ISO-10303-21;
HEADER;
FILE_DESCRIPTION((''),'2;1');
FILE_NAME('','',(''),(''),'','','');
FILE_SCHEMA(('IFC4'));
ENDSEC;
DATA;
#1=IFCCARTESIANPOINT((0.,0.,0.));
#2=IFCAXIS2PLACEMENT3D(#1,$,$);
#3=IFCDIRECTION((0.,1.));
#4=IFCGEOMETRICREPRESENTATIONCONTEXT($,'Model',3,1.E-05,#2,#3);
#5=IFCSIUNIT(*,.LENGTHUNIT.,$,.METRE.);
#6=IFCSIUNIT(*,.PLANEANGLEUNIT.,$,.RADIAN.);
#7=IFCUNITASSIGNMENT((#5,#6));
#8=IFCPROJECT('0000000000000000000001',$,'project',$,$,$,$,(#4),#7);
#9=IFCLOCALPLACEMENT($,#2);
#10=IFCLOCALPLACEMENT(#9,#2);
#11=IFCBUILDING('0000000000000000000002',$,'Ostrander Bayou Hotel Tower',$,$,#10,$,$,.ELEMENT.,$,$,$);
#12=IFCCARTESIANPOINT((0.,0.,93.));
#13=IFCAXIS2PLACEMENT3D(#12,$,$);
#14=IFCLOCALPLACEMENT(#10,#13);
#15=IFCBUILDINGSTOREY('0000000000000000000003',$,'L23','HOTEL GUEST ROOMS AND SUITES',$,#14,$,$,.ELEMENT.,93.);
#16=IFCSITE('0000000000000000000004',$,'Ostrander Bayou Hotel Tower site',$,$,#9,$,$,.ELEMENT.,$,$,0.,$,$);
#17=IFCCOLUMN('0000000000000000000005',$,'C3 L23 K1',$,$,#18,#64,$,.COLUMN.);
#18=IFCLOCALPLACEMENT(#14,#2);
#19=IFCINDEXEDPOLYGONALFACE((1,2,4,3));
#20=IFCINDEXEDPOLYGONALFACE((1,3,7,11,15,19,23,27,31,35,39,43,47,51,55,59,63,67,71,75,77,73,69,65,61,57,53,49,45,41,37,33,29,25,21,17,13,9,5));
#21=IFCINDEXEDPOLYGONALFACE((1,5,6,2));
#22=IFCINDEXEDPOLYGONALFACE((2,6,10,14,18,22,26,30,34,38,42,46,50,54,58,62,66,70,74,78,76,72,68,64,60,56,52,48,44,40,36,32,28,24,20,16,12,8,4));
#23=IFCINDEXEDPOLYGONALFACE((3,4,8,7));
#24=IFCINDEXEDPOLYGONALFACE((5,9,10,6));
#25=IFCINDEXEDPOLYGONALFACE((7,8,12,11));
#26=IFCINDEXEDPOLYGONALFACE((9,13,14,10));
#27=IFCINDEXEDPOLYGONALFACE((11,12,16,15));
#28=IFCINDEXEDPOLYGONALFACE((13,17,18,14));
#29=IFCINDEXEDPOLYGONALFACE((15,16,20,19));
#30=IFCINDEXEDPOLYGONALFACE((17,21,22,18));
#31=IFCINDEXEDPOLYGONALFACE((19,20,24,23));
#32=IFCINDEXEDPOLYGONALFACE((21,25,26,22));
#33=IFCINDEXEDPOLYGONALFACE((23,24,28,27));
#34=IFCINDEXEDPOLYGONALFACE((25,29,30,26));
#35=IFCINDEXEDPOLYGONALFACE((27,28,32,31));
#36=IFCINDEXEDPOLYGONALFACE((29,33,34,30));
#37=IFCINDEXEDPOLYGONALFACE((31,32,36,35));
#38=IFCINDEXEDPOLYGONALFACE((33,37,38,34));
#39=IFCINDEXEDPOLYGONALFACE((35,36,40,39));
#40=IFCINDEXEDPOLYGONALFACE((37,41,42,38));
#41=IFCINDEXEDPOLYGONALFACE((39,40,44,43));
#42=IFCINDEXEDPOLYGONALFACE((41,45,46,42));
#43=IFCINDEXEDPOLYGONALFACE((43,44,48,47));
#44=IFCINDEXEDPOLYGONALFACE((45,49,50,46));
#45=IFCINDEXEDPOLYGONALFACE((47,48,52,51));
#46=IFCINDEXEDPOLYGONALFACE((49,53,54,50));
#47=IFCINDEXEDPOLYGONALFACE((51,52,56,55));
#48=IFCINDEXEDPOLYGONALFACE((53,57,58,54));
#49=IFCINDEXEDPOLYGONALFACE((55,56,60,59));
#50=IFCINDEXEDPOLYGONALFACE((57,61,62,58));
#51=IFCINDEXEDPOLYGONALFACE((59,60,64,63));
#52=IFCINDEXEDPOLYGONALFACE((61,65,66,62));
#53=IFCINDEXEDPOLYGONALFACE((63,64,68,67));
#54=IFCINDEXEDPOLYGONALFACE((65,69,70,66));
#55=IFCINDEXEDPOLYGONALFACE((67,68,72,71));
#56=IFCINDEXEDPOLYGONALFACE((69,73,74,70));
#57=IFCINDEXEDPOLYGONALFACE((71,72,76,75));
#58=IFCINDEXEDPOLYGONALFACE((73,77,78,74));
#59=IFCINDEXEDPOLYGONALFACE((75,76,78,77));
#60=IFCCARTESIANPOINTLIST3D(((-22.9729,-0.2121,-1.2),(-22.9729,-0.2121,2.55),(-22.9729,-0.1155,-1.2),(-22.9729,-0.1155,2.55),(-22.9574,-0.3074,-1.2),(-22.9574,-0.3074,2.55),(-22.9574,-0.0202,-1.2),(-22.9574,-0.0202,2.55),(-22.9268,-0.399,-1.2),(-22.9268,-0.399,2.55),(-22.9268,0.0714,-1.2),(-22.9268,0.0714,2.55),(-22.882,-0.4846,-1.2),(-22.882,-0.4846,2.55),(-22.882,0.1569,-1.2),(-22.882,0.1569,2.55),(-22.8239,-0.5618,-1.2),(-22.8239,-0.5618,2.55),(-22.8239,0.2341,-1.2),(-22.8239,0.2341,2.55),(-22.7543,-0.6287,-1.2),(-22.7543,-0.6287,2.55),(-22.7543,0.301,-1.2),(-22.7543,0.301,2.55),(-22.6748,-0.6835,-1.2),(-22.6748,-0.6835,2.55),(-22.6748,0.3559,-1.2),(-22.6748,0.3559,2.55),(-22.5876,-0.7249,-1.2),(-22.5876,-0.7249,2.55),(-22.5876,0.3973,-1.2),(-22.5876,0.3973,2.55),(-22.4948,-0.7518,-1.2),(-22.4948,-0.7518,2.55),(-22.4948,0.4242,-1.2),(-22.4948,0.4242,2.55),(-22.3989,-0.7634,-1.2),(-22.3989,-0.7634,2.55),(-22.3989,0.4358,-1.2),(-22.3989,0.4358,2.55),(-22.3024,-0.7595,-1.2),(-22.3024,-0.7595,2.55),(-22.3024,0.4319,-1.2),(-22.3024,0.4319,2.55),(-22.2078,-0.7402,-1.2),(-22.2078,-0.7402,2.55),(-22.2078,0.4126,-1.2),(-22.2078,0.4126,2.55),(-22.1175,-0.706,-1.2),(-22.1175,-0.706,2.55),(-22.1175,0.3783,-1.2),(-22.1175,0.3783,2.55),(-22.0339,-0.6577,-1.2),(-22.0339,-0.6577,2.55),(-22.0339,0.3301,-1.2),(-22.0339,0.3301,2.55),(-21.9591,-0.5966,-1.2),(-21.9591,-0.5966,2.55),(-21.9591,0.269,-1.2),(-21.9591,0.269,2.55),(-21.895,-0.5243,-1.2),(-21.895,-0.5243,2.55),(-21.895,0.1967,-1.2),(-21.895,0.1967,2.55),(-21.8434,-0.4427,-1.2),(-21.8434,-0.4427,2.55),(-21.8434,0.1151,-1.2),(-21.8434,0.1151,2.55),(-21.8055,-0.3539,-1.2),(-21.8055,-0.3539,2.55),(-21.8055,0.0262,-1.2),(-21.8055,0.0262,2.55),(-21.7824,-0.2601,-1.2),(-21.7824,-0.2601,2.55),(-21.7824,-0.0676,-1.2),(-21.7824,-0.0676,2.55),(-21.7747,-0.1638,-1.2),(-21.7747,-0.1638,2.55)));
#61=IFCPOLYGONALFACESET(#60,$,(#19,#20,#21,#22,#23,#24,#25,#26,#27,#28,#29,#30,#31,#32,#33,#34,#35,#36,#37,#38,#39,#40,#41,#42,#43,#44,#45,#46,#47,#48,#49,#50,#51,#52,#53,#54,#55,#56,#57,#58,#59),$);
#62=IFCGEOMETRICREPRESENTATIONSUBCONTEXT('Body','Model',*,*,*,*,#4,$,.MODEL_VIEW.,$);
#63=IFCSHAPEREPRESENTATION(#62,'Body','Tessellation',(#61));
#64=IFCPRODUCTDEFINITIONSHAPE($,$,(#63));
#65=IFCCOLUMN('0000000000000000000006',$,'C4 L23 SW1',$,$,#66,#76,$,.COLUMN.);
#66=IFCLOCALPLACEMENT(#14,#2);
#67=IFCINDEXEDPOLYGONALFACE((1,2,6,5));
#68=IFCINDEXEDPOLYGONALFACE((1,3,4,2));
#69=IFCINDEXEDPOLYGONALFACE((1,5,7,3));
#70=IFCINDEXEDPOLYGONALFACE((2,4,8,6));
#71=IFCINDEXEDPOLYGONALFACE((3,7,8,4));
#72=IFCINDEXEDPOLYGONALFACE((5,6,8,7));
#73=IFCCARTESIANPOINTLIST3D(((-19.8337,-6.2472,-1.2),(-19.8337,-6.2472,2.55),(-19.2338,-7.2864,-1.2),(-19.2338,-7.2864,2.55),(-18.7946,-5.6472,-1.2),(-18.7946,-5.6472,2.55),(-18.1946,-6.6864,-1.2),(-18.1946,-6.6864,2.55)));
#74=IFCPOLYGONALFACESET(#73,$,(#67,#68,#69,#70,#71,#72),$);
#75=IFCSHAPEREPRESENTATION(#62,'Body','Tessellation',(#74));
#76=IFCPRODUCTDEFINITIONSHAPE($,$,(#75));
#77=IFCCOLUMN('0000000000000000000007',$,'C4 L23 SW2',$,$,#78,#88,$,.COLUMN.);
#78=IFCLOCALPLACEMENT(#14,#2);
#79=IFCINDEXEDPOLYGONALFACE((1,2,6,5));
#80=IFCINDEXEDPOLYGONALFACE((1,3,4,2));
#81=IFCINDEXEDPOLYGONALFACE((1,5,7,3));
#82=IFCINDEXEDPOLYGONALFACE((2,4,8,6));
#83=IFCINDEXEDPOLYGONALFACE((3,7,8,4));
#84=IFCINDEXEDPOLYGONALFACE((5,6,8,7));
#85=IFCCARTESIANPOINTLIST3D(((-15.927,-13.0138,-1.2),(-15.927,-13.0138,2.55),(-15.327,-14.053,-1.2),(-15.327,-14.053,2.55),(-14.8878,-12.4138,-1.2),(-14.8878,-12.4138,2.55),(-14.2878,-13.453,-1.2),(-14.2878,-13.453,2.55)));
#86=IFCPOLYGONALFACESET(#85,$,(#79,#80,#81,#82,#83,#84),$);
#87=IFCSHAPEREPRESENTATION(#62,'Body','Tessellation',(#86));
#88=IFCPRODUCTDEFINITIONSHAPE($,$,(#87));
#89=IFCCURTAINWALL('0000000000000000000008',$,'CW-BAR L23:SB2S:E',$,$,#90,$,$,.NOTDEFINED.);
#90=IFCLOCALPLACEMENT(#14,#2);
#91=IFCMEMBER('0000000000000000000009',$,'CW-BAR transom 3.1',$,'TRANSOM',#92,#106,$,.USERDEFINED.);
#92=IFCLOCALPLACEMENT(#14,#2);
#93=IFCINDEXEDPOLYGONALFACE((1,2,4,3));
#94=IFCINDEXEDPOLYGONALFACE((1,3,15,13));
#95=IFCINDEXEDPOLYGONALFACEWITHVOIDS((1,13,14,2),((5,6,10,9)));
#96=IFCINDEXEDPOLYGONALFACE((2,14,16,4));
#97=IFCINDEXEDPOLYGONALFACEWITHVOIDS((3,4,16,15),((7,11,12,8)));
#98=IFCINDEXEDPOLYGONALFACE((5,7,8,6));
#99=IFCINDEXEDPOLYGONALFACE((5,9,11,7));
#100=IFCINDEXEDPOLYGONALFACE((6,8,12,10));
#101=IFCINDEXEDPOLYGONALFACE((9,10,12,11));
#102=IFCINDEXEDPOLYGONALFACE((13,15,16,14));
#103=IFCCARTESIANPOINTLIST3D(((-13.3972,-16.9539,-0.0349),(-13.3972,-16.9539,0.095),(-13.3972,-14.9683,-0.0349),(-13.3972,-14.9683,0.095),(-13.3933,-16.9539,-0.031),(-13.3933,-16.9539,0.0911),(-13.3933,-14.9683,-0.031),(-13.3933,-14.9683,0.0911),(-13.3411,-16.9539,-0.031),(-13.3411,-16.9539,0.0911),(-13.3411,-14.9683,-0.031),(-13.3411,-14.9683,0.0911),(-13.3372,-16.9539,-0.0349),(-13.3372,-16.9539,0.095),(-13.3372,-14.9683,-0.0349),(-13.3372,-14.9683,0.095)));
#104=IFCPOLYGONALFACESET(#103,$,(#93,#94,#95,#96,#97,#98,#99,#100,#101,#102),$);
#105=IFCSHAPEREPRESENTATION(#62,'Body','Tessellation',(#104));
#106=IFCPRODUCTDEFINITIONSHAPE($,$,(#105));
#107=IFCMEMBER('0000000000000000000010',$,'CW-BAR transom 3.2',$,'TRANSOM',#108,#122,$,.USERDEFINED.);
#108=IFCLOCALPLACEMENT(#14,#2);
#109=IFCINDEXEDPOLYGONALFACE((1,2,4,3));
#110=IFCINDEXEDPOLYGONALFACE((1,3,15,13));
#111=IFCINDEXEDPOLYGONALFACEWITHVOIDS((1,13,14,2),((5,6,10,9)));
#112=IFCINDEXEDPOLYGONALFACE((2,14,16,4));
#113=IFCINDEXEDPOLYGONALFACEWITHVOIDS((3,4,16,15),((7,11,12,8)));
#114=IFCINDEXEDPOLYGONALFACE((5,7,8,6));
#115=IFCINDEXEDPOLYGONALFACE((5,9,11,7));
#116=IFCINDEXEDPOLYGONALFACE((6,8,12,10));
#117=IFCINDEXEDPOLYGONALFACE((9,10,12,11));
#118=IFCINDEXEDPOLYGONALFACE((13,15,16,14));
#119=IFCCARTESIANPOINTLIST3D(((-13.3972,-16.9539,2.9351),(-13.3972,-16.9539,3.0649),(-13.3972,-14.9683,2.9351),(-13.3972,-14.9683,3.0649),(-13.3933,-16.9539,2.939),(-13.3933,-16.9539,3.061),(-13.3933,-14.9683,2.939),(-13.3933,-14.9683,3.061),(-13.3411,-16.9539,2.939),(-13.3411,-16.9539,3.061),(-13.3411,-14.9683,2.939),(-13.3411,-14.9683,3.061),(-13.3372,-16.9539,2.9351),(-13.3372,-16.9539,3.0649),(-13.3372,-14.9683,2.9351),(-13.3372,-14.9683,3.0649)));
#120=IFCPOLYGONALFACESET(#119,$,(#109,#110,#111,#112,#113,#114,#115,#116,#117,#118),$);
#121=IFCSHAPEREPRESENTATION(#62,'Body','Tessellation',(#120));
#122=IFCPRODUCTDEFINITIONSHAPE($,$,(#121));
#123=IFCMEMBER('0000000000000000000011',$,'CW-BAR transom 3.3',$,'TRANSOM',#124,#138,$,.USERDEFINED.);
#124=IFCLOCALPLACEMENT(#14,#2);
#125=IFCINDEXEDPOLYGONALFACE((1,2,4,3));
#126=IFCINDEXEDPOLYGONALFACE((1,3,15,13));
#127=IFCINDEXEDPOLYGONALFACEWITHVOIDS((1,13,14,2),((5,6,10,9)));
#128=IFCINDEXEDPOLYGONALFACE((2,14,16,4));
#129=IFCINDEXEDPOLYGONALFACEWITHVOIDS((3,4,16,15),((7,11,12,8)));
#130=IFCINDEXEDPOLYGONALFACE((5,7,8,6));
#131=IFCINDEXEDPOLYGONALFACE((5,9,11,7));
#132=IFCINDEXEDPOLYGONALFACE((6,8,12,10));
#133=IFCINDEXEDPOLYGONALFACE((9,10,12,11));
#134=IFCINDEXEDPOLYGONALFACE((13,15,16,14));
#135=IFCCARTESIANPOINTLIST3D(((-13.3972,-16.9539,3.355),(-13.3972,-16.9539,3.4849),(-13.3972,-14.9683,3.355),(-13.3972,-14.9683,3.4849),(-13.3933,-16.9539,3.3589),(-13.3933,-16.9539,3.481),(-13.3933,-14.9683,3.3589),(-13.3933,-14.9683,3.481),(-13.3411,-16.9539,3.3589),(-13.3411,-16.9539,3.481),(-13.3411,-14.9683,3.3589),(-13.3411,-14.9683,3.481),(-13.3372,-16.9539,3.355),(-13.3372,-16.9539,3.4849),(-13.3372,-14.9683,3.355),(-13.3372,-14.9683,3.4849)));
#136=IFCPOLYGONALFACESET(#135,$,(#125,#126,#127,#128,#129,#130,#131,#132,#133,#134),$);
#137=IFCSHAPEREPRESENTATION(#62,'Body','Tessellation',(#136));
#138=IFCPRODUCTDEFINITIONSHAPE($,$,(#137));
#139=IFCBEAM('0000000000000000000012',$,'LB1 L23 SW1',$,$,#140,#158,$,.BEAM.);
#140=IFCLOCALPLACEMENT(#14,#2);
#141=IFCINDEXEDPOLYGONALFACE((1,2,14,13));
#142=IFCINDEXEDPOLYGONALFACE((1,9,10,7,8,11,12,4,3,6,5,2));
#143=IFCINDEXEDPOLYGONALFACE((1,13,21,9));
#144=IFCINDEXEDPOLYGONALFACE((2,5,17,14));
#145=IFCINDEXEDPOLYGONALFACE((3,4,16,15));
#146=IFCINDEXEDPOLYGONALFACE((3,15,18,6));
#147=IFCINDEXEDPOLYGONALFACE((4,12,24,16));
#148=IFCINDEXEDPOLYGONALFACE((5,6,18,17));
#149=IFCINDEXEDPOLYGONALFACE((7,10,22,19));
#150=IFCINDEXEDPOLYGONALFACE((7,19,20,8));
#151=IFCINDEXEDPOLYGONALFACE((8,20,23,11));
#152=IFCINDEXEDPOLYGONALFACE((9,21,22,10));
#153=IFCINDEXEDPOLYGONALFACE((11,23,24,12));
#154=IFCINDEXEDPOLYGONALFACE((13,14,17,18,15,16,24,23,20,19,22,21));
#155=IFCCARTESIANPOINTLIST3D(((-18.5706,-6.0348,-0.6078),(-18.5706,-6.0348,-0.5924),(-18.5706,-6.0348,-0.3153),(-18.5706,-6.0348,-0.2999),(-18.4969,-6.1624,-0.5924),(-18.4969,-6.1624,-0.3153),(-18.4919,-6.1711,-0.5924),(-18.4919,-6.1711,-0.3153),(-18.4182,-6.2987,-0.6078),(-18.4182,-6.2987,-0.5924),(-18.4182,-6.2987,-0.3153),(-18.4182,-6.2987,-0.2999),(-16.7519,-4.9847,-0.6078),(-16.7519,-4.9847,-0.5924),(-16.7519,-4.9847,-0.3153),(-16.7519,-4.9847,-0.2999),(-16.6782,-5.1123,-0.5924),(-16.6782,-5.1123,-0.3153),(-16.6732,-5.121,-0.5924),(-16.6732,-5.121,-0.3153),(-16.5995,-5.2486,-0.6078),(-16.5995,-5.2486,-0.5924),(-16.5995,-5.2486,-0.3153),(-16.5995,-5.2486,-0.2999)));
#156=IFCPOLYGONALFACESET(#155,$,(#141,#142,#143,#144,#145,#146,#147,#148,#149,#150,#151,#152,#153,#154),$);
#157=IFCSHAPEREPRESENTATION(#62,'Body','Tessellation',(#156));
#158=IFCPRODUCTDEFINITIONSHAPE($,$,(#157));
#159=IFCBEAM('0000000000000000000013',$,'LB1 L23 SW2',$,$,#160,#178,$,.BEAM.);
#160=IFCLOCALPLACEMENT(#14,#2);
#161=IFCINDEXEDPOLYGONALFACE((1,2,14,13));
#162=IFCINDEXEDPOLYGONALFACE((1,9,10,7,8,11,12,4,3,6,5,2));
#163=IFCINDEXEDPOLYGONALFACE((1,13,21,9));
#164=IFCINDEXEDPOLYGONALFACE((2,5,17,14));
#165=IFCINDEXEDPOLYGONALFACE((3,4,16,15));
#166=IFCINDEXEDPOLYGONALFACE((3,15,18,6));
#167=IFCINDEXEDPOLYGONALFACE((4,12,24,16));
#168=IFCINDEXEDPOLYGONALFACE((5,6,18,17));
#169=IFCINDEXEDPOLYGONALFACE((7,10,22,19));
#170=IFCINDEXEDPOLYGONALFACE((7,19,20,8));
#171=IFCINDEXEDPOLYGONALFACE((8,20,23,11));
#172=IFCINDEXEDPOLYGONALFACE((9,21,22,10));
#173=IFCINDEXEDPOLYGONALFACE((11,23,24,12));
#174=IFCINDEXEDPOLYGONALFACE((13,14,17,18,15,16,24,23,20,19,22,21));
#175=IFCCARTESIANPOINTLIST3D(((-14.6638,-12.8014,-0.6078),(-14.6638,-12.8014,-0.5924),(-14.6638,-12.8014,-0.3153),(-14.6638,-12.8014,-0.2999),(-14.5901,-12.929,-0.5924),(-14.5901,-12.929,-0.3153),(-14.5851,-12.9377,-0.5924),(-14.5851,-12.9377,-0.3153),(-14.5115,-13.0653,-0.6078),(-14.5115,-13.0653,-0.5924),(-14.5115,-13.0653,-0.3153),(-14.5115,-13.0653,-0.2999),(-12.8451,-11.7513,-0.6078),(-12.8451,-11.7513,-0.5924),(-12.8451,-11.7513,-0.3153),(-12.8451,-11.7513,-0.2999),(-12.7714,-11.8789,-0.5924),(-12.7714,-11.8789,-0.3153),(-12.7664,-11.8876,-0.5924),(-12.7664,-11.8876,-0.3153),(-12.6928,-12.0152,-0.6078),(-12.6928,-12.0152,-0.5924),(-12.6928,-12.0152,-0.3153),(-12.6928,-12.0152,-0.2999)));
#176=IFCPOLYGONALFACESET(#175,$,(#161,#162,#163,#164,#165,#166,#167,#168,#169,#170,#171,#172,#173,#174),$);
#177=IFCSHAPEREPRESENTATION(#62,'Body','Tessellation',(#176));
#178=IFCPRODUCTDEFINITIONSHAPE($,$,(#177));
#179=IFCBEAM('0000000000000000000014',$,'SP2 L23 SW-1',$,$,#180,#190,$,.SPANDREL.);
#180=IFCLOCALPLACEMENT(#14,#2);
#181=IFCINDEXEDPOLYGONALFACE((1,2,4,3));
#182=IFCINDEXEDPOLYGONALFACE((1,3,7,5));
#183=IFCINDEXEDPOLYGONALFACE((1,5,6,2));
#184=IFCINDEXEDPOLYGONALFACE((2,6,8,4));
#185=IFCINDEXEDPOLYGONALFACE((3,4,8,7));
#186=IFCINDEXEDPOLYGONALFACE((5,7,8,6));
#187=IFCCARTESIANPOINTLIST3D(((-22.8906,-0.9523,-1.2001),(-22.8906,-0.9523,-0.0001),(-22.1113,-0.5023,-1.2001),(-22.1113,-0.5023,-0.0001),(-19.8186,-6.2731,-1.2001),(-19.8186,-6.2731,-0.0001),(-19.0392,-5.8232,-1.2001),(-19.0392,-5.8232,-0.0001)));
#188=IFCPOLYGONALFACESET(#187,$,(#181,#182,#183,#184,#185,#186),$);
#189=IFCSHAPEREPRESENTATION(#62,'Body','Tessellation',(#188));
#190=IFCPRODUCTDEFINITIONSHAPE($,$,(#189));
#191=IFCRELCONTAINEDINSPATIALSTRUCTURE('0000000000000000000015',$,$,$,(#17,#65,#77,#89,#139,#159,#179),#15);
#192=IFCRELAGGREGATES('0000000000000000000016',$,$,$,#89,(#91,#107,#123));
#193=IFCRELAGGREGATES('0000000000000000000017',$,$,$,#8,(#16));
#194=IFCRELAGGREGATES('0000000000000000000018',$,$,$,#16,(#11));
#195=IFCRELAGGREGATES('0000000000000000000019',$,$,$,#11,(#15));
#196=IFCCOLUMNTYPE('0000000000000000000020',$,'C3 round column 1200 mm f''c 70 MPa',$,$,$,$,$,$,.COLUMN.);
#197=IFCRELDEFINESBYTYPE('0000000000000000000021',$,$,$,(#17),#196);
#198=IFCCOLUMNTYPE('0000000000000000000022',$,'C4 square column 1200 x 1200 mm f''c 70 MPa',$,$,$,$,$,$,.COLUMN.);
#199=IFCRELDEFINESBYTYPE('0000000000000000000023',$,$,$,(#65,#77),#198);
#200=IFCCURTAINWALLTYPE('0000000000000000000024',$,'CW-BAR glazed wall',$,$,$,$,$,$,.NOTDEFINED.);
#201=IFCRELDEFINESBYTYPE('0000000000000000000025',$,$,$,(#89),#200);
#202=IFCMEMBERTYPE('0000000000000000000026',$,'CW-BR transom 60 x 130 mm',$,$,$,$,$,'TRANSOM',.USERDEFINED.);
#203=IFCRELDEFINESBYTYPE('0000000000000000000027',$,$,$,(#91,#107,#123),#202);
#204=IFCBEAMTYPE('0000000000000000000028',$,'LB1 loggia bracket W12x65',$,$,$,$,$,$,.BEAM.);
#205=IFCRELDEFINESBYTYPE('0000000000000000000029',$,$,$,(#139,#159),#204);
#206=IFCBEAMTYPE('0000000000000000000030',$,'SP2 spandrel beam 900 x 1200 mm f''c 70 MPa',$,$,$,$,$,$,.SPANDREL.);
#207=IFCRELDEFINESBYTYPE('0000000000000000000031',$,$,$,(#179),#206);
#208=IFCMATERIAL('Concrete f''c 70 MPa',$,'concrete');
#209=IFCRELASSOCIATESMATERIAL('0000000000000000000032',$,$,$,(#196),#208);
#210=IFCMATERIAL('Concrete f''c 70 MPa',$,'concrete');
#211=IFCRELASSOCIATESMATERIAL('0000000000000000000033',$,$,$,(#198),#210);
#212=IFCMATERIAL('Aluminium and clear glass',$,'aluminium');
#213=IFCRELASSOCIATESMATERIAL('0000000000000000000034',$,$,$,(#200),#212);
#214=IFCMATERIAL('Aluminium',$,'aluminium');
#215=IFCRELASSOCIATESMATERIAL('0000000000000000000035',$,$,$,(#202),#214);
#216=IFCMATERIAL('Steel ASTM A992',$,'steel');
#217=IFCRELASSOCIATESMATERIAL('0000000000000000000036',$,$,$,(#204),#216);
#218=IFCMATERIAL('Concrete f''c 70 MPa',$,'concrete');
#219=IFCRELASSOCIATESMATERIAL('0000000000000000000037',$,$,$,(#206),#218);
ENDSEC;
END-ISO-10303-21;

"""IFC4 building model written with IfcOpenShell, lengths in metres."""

from ifc_helpers import new_model, si_unit, direction, frame, origin, origin_2d, place, context, subcontext, project, spatial, rectangle, hollow_rectangle, circle, i_section, extrude, material, material_profile, profile_set, type_object, element, aggregate, save


model = new_model("IFC4")

# Units and contexts
model_context = context("Model", 3, precision=1e-05, world=origin(), true_north=direction((0.0, 1.0)))
body_context = subcontext(model_context, "Body", "Model", "MODEL_VIEW")
ifc_project = project(units=[si_unit("LENGTHUNIT", "METRE"), si_unit("PLANEANGLEUNIT", "RADIAN")], contexts=[model_context])

# Site, building, storey
site_placement = place(None, origin())
site = spatial("IfcSite", under=ifc_project, at=site_placement, Name="Ostrander Bayou Hotel Tower site", CompositionType="ELEMENT", RefElevation=0.0)
building_placement = place(site_placement, origin())
building = spatial("IfcBuilding", under=site, at=building_placement, Name="Ostrander Bayou Hotel Tower", CompositionType="ELEMENT")
storey_placement = place(building_placement, frame((0.0, 0.0, 93.0)))
storey = spatial("IfcBuildingStorey", under=building, at=storey_placement, Name="L23", Description="HOTEL GUEST ROOMS AND SUITES", CompositionType="ELEMENT", Elevation=93.0)

# Columns
ifc_material_1 = material(Name="Concrete f'c 70 MPa", Category="concrete")
ifc_material_profile_1 = material_profile(ifc_material_1, circle(Radius=0.6001, at=origin_2d()))
ifc_profile_set_1 = profile_set([ifc_material_profile_1], Name="Concrete f'c 70 MPa")
column_type_1 = type_object("IfcColumnType", Name="C3 round column 1200 mm f'c 70 MPa", PredefinedType="COLUMN", material=ifc_profile_set_1)
column_placement = place(storey_placement, frame((-22.3748, -0.1638, -1.2), z_axis=(0.0, 0.0, 1.0), x_axis=(1.0, 0.0, 0.0)))
element("IfcColumn", 1, at=column_placement, inside=storey, type_object=column_type_1, Name="C3 L23 K1", PredefinedType="COLUMN", context=body_context, shape_type="SweptSolid", body=[
    extrude(circle(Radius=0.6001, at=origin_2d()), origin(), (0.0, 0.0, 1.0), 3.75),
])
ifc_material_2 = material(Name="Concrete f'c 70 MPa", Category="concrete")
ifc_material_profile_2 = material_profile(ifc_material_2, rectangle(XDim=1.2, YDim=1.2, at=origin_2d()))
ifc_profile_set_2 = profile_set([ifc_material_profile_2], Name="Concrete f'c 70 MPa")
column_type_2 = type_object("IfcColumnType", Name="C4 square column 1200 x 1200 mm f'c 70 MPa", PredefinedType="COLUMN", material=ifc_profile_set_2)
for number, where, z_axis, x_axis, name in (
    (2, (-19.0142, -6.4668, -1.2), (0.0, 0.0, 1.0), (-0.5, 0.866025, 0.0), "C4 L23 SW1"),
    (3, (-15.1074, -13.2334, -1.2), (0.0, 0.0, 1.0), (-0.5, 0.866025, 0.0), "C4 L23 SW2"),
):
    element("IfcColumn", number, at=place(storey_placement, frame(where, z_axis=z_axis, x_axis=x_axis)), inside=storey, type_object=column_type_2, Name=name, PredefinedType="COLUMN", context=body_context, shape_type="SweptSolid", body=[
        extrude(rectangle(XDim=1.2, YDim=1.2, at=origin_2d()), origin(), (0.0, 0.0, 1.0), 3.75),
    ])

# Curtain wall, members
ifc_material_3 = material(Name="Aluminium and clear glass", Category="aluminium")
curtain_wall_type = type_object("IfcCurtainWallType", Name="CW-BAR glazed wall", PredefinedType="NOTDEFINED", material=ifc_material_3)
curtain_wall_placement = place(storey_placement, origin())
curtain_wall = element("IfcCurtainWall", 4, at=curtain_wall_placement, inside=storey, type_object=curtain_wall_type, Name="CW-BAR L23:SB2S:E", PredefinedType="NOTDEFINED")
ifc_material_4 = material(Name="Aluminium", Category="aluminium")
ifc_material_profile_3 = material_profile(ifc_material_4, hollow_rectangle(XDim=0.0601, YDim=0.1299, WallThickness=0.0039, at=origin_2d()))
ifc_profile_set_3 = profile_set([ifc_material_profile_3], Name="Aluminium")
member_type = type_object("IfcMemberType", Name="CW-BR transom 60 x 130 mm", ElementType="TRANSOM", PredefinedType="USERDEFINED", material=ifc_profile_set_3)
member_1_placement = place(storey_placement, frame((-13.3672, -14.9683, 0.03), z_axis=(0.0, -1.0, 0.0), x_axis=(1.0, 0.0, 0.0)))
member_1 = element("IfcMember", 5, at=member_1_placement, type_object=member_type, Name="CW-BAR transom 3.1", ObjectType="TRANSOM", PredefinedType="USERDEFINED", context=body_context, shape_type="SweptSolid", body=[
    extrude(hollow_rectangle(XDim=0.0601, YDim=0.1299, WallThickness=0.0039, at=origin_2d()), origin(), (0.0, 0.0, 1.0), 1.9856),
])
member_2_placement = place(storey_placement, frame((-13.3672, -14.9683, 3.0), z_axis=(0.0, -1.0, 0.0), x_axis=(1.0, 0.0, 0.0)))
member_2 = element("IfcMember", 6, at=member_2_placement, type_object=member_type, Name="CW-BAR transom 3.2", ObjectType="TRANSOM", PredefinedType="USERDEFINED", context=body_context, shape_type="SweptSolid", body=[
    extrude(hollow_rectangle(XDim=0.0601, YDim=0.1299, WallThickness=0.0039, at=origin_2d()), origin(), (0.0, 0.0, 1.0), 1.9856),
])
member_3_placement = place(storey_placement, frame((-13.3672, -14.9683, 3.4199), z_axis=(0.0, -1.0, 0.0), x_axis=(1.0, 0.0, 0.0)))
member_3 = element("IfcMember", 7, at=member_3_placement, type_object=member_type, Name="CW-BAR transom 3.3", ObjectType="TRANSOM", PredefinedType="USERDEFINED", context=body_context, shape_type="SweptSolid", body=[
    extrude(hollow_rectangle(XDim=0.0601, YDim=0.1299, WallThickness=0.0039, at=origin_2d()), origin(), (0.0, 0.0, 1.0), 1.9856),
])
aggregate(curtain_wall, [member_1, member_2, member_3])

# Beams
ifc_material_5 = material(Name="Steel ASTM A992", Category="steel")
ifc_material_profile_4 = material_profile(ifc_material_5, i_section(OverallWidth=0.3047, OverallDepth=0.3079, WebThickness=0.01, FlangeThickness=0.0154, at=origin_2d()))
ifc_profile_set_4 = profile_set([ifc_material_profile_4], Name="Steel ASTM A992")
beam_type_1 = type_object("IfcBeamType", Name="LB1 loggia bracket W12x65", PredefinedType="BEAM", material=ifc_profile_set_4)
for number, where, z_axis, x_axis, name in (
    (8, (-18.4944, -6.1667, -0.4539), (0.866009, 0.500028, 0.0), (-0.500028, 0.866009, 0.0), "LB1 L23 SW1"),
    (9, (-14.5876, -12.9333, -0.4539), (0.866009, 0.500028, 0.0), (-0.500028, 0.866009, 0.0), "LB1 L23 SW2"),
):
    element("IfcBeam", number, at=place(storey_placement, frame(where, z_axis=z_axis, x_axis=x_axis)), inside=storey, type_object=beam_type_1, Name=name, PredefinedType="BEAM", context=body_context, shape_type="SweptSolid", body=[
        extrude(i_section(OverallWidth=0.3047, OverallDepth=0.3079, WebThickness=0.01, FlangeThickness=0.0154, at=origin_2d()), origin(), (0.0, 0.0, 1.0), 2.1001),
    ])
ifc_material_6 = material(Name="Concrete f'c 70 MPa", Category="concrete")
ifc_material_profile_5 = material_profile(ifc_material_6, rectangle(XDim=0.8999, YDim=1.2, at=origin_2d()))
ifc_profile_set_5 = profile_set([ifc_material_profile_5], Name="Concrete f'c 70 MPa")
beam_type_2 = type_object("IfcBeamType", Name="SP2 spandrel beam 900 x 1200 mm f'c 70 MPa", PredefinedType="SPANDREL", material=ifc_profile_set_5)
beam_1_placement = place(storey_placement, frame((-22.501, -0.7273, -0.6001), z_axis=(0.500007, -0.866021, 0.0), x_axis=(0.866021, 0.500007, 0.0)))
element("IfcBeam", 10, at=beam_1_placement, inside=storey, type_object=beam_type_2, Name="SP2 L23 SW-1", PredefinedType="SPANDREL", context=body_context, shape_type="SweptSolid", body=[
    extrude(rectangle(XDim=0.8999, YDim=1.2, at=origin_2d()), origin(), (0.0, 0.0, 1.0), 6.144),
])

save(model, "model.ifc")
